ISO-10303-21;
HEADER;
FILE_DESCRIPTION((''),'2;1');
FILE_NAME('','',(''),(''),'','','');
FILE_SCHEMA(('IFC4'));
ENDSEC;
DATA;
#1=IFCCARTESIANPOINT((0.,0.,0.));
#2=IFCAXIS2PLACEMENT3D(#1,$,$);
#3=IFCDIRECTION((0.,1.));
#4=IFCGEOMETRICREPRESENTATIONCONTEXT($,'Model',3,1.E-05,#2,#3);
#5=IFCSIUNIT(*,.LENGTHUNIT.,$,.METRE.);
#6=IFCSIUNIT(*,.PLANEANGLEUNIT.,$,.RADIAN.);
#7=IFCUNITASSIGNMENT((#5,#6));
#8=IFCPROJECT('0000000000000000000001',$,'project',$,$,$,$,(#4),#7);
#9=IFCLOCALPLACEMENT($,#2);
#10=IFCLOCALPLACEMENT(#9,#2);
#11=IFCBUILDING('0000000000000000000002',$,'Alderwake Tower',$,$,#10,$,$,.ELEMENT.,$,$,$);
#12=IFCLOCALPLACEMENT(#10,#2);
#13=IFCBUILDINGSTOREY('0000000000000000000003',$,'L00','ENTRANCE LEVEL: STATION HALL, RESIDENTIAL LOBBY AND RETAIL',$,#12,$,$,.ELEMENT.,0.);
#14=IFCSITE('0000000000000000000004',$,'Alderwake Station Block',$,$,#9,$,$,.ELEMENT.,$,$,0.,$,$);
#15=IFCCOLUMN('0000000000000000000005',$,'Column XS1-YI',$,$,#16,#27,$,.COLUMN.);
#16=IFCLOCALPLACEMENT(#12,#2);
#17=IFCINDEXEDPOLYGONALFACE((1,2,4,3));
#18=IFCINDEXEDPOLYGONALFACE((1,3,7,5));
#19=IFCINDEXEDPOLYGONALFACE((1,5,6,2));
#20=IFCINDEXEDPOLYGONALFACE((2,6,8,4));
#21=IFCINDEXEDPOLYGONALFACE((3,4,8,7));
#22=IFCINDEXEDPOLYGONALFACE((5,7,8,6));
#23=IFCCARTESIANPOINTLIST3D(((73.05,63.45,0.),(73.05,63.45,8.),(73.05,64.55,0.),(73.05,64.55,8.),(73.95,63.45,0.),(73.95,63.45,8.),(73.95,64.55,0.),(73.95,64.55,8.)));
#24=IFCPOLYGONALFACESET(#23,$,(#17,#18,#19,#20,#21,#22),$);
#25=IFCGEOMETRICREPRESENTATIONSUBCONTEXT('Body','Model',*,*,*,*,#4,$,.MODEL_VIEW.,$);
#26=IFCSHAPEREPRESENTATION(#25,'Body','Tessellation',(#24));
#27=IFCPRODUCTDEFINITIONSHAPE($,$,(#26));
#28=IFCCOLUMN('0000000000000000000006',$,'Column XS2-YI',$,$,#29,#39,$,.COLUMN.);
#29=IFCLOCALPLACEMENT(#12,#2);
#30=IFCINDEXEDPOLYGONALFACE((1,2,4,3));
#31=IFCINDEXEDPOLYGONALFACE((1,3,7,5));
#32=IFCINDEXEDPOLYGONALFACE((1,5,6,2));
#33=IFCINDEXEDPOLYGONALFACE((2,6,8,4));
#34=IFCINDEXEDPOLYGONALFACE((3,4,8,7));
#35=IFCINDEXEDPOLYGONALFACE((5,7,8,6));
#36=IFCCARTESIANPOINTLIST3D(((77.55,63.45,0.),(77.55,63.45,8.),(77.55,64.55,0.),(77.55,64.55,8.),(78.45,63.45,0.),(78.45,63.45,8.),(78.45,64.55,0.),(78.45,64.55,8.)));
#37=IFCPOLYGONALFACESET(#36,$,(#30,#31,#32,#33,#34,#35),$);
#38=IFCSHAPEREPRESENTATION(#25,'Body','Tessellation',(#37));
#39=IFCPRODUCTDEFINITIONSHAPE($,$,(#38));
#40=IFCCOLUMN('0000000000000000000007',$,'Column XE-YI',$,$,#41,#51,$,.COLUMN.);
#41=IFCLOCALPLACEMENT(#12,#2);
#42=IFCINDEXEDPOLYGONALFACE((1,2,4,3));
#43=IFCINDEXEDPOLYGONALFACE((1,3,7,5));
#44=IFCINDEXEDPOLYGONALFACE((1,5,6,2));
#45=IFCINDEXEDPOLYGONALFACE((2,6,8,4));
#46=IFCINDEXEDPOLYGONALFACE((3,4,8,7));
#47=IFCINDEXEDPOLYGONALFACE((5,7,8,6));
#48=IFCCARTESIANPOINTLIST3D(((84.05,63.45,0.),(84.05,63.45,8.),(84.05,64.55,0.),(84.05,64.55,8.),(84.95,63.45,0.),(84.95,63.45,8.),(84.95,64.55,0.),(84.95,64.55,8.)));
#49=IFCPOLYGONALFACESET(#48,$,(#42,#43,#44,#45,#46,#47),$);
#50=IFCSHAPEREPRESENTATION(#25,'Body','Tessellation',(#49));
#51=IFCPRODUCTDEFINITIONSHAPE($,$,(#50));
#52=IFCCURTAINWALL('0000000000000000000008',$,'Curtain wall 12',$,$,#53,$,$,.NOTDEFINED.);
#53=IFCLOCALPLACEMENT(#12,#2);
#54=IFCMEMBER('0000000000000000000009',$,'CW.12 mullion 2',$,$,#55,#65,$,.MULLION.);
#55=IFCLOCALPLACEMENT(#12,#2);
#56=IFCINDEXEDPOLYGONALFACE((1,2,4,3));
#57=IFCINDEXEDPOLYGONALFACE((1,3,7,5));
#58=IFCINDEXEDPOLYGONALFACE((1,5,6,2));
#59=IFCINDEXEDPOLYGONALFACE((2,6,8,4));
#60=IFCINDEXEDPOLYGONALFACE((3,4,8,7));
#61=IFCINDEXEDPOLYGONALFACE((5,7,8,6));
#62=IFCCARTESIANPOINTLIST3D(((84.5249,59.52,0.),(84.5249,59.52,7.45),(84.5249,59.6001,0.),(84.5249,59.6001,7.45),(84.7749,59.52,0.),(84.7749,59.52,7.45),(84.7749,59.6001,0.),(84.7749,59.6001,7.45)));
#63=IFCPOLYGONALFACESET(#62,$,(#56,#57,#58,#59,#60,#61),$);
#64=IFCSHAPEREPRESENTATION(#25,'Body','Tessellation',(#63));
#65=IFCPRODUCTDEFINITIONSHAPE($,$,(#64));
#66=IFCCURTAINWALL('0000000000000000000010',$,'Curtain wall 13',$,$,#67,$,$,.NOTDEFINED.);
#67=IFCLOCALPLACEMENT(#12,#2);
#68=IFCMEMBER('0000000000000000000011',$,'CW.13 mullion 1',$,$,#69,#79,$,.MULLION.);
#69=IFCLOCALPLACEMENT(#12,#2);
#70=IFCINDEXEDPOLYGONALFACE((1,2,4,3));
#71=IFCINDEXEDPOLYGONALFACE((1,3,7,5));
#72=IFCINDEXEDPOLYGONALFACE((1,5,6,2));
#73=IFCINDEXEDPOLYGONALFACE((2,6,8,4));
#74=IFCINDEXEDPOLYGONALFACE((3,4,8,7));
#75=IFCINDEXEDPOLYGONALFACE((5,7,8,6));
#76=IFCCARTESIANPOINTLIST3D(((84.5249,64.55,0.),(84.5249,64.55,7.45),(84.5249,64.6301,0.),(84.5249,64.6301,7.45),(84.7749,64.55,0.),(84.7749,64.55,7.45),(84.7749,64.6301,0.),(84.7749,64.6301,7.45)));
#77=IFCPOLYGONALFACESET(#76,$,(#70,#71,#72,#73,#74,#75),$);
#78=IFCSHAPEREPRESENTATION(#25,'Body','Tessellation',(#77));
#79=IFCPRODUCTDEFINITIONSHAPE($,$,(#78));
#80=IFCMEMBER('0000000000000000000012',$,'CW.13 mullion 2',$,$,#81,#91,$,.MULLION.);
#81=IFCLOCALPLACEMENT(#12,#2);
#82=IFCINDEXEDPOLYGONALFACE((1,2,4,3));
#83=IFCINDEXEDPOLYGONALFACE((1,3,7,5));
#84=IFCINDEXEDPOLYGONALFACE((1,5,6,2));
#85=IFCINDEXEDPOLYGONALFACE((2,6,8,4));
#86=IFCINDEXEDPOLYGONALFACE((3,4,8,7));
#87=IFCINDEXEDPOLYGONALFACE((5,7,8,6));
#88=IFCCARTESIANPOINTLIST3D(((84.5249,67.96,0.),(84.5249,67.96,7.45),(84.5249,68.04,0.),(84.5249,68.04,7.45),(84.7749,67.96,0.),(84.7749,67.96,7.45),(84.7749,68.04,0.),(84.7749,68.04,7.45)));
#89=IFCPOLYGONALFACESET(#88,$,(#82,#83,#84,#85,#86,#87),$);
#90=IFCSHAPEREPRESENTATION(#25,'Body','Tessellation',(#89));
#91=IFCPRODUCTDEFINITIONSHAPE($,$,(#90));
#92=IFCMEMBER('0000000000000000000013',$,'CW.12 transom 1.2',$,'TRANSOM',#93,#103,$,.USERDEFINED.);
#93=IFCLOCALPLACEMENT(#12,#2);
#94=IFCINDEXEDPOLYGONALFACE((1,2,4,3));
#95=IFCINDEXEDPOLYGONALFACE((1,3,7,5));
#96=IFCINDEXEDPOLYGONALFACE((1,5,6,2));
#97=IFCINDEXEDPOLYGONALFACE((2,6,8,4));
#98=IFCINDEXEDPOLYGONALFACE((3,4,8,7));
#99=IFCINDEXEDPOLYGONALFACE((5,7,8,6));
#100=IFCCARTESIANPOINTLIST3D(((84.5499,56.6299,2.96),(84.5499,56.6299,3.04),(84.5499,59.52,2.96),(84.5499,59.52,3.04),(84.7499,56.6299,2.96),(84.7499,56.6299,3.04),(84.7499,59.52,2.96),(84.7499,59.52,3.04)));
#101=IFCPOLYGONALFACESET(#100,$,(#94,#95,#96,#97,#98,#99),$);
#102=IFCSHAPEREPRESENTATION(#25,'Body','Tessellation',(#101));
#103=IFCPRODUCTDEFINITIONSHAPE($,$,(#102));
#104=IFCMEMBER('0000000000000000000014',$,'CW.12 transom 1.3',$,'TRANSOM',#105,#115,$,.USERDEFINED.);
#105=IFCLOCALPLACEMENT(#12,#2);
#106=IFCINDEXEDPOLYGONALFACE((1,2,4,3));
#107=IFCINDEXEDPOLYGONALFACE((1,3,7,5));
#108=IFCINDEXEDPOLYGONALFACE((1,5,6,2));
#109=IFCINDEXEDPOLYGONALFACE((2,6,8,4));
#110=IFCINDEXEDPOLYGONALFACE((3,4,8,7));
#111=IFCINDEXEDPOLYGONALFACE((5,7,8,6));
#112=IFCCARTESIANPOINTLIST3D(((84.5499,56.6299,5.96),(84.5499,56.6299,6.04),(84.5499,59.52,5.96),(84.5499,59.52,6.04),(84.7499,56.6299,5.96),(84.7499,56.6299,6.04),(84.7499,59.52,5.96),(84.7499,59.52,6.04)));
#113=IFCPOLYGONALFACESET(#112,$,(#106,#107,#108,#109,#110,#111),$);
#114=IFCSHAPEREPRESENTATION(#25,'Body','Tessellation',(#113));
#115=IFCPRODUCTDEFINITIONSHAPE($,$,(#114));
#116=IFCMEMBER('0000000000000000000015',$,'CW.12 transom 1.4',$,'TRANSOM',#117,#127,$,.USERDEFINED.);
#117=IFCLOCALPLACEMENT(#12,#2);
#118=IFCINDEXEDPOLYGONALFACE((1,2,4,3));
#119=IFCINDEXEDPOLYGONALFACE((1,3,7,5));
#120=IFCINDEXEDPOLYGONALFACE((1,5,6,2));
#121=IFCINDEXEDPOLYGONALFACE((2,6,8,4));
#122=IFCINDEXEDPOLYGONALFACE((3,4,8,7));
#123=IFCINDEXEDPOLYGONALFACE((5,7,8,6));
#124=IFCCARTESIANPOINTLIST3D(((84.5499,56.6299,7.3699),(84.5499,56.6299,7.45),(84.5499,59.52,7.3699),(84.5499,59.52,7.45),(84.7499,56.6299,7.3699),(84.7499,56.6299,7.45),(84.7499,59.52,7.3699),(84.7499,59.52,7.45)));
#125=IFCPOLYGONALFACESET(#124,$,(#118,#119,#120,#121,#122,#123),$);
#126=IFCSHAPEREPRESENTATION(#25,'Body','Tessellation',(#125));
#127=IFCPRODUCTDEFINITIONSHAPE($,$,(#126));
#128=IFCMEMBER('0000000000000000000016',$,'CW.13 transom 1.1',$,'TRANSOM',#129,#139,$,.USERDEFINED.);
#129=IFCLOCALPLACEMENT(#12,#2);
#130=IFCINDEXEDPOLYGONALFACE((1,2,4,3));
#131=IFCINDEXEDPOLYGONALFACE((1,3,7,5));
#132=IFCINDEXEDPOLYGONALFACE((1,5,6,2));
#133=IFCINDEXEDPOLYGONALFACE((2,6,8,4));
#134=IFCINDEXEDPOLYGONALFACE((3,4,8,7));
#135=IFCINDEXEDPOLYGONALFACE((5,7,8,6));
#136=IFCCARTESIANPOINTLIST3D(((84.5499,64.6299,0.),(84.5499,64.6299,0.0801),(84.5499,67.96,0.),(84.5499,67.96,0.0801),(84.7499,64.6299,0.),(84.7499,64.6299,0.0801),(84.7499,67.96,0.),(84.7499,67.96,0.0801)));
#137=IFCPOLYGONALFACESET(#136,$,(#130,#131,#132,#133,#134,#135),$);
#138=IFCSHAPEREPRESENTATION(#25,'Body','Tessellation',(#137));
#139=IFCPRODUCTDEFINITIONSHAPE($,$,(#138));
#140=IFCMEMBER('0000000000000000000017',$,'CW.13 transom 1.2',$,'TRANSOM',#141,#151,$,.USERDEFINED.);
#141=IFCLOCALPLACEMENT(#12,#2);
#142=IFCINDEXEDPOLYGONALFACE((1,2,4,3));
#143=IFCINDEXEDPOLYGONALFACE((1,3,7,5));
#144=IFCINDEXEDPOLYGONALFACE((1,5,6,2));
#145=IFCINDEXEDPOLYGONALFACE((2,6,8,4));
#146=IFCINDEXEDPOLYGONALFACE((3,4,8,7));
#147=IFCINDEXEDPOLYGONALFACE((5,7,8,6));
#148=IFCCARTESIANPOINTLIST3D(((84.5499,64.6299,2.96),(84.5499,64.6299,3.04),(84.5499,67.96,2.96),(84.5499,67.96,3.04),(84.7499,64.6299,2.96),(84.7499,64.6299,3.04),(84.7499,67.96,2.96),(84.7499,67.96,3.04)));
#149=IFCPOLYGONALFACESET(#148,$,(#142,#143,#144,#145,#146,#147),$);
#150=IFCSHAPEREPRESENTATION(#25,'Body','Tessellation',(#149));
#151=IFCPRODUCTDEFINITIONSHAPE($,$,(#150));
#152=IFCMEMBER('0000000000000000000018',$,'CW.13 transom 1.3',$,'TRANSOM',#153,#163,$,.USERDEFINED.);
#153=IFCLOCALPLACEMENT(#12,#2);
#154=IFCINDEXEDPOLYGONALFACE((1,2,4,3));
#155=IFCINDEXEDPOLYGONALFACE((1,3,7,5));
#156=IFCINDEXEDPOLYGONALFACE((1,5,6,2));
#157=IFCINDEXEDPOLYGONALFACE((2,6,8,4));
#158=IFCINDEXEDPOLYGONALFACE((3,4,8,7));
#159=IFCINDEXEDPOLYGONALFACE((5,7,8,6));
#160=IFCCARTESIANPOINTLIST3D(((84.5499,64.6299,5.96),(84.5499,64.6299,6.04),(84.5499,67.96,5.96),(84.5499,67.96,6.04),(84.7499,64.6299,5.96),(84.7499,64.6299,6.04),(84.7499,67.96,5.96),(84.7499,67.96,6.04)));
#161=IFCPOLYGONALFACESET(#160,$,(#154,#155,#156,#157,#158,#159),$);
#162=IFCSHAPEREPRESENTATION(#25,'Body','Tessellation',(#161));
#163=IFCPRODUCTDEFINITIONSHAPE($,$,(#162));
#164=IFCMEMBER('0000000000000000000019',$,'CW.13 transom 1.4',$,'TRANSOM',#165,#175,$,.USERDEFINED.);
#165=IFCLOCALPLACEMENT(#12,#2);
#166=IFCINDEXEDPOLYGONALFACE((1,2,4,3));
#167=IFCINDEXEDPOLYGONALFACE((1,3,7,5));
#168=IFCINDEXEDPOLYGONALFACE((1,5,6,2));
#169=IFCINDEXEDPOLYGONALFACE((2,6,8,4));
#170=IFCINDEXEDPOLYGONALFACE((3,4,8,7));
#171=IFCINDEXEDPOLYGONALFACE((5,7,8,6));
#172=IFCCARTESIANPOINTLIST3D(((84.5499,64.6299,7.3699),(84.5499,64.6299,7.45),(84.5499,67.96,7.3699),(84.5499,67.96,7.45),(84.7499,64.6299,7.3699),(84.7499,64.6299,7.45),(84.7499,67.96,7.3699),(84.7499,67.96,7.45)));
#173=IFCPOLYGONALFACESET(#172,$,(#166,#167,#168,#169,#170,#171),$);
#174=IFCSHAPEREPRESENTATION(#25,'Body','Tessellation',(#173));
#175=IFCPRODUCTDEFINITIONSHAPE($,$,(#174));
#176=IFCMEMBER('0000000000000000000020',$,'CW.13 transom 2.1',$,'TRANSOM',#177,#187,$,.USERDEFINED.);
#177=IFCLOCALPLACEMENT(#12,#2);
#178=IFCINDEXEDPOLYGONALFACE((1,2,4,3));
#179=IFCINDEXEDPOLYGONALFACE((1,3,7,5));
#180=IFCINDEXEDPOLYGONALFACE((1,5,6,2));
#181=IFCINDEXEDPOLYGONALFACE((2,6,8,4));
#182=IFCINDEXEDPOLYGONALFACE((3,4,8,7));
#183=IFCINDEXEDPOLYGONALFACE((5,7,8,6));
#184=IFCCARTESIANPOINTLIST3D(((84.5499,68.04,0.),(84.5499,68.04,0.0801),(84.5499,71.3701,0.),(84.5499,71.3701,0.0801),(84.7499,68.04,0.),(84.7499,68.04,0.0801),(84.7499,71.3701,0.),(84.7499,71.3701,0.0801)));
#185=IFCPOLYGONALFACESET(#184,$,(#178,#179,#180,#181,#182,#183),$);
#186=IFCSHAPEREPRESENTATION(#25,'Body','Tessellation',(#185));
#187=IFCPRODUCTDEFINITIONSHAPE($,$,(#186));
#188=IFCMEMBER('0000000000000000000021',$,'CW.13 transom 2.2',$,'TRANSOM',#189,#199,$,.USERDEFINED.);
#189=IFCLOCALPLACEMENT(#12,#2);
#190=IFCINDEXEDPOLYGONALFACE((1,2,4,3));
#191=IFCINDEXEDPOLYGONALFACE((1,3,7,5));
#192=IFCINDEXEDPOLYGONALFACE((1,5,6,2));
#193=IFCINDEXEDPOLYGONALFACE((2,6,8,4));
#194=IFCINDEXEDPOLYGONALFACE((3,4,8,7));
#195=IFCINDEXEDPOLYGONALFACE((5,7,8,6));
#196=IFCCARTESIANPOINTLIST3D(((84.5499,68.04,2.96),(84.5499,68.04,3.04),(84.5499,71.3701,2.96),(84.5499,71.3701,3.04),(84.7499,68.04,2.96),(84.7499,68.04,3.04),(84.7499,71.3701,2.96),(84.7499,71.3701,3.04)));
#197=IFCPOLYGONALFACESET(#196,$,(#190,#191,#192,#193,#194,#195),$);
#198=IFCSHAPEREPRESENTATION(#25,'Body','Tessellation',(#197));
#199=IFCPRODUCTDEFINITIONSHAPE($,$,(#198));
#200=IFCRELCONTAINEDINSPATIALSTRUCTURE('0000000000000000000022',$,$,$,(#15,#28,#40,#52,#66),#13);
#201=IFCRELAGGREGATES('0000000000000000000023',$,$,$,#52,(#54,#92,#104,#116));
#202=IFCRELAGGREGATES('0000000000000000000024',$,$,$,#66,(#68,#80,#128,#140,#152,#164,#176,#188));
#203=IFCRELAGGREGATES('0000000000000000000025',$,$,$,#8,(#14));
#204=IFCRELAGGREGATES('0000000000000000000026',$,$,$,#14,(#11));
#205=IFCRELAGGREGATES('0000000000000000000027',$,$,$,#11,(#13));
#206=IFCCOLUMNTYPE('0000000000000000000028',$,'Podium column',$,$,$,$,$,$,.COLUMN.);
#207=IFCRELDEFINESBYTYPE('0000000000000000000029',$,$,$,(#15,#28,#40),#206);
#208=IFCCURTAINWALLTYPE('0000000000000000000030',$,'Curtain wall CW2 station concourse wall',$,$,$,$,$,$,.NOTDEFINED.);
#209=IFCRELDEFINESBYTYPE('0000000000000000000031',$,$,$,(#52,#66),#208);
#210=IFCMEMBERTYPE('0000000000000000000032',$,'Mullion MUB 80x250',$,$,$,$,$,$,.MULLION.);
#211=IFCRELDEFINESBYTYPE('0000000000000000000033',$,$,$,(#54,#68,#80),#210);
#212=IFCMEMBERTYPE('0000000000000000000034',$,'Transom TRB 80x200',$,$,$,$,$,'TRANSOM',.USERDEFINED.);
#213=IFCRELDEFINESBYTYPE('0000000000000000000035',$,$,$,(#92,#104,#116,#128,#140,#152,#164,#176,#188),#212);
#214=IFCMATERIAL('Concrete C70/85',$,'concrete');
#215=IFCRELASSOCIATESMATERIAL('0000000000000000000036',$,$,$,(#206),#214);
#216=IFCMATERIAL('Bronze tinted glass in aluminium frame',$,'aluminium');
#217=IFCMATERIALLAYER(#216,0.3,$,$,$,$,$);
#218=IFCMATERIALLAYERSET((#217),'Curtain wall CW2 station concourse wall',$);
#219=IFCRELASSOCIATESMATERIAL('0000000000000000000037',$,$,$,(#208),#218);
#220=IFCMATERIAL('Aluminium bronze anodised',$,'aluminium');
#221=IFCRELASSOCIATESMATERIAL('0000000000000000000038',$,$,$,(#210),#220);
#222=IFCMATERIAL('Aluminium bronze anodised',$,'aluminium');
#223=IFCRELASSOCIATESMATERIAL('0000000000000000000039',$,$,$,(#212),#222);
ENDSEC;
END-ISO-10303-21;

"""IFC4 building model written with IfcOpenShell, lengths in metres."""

from ifc_helpers import new_model, si_unit, direction, frame, origin, origin_2d, place, context, subcontext, project, spatial, rectangle, extrude, material, layer, layer_set, material_profile, profile_set, type_object, element, aggregate, save


model = new_model("IFC4")

# Units and contexts
model_context = context("Model", 3, precision=1e-05, world=origin(), true_north=direction((0.0, 1.0)))
body_context = subcontext(model_context, "Body", "Model", "MODEL_VIEW")
ifc_project = project(units=[si_unit("LENGTHUNIT", "METRE"), si_unit("PLANEANGLEUNIT", "RADIAN")], contexts=[model_context])

# Site, building, storey
site_placement = place(None, origin())
site = spatial("IfcSite", under=ifc_project, at=site_placement, Name="Alderwake Station Block", CompositionType="ELEMENT", RefElevation=0.0)
building_placement = place(site_placement, origin())
building = spatial("IfcBuilding", under=site, at=building_placement, Name="Alderwake Tower", CompositionType="ELEMENT")
storey_placement = place(building_placement, origin())
storey = spatial("IfcBuildingStorey", under=building, at=storey_placement, Name="L00", Description="ENTRANCE LEVEL: STATION HALL, RESIDENTIAL LOBBY AND RETAIL", CompositionType="ELEMENT", Elevation=0.0)

# Columns
ifc_material_1 = material(Name="Concrete C70/85", Category="concrete")
ifc_material_profile_1 = material_profile(ifc_material_1, rectangle(XDim=0.8999, YDim=1.1001, at=origin_2d()), Name="RC 1100X900")
ifc_profile_set_1 = profile_set([ifc_material_profile_1], Name="Concrete C70/85")
column_type = type_object("IfcColumnType", Name="Podium column", PredefinedType="COLUMN", material=ifc_profile_set_1)
for number, where, z_axis, x_axis, name in (
    (1, (73.5, 64.0, 0.0), (0.0, 0.0, 1.0), (1.0, 0.0, 0.0), "Column XS1-YI"),
    (2, (78.0, 64.0, 0.0), (0.0, 0.0, 1.0), (1.0, 0.0, 0.0), "Column XS2-YI"),
    (3, (84.5, 64.0, 0.0), (0.0, 0.0, 1.0), (1.0, 0.0, 0.0), "Column XE-YI"),
):
    element("IfcColumn", number, at=place(storey_placement, frame(where, z_axis=z_axis, x_axis=x_axis)), inside=storey, type_object=column_type, Name=name, PredefinedType="COLUMN", context=body_context, shape_type="SweptSolid", body=[
        extrude(rectangle(XDim=0.8999, YDim=1.1001, at=origin_2d()), origin(), (0.0, 0.0, 1.0), 8.0),
    ])

# Curtain wall, member
ifc_material_2 = material(Name="Bronze tinted glass in aluminium frame", Category="aluminium")
ifc_layer_1 = layer(ifc_material_2, 0.3)
ifc_layer_set_1 = layer_set([ifc_layer_1], Name="Curtain wall CW2 station concourse wall")
curtain_wall_type = type_object("IfcCurtainWallType", Name="Curtain wall CW2 station concourse wall", PredefinedType="NOTDEFINED", material=ifc_layer_set_1)
curtain_wall_1_placement = place(storey_placement, origin())
curtain_wall_1 = element("IfcCurtainWall", 4, at=curtain_wall_1_placement, inside=storey, type_object=curtain_wall_type, Name="Curtain wall 12", PredefinedType="NOTDEFINED")
ifc_material_3 = material(Name="Aluminium bronze anodised", Category="aluminium")
ifc_material_profile_2 = material_profile(ifc_material_3, rectangle(XDim=0.25, YDim=0.0801, at=origin_2d()), Name="Mullion MUB 80x250")
ifc_profile_set_2 = profile_set([ifc_material_profile_2], Name="Aluminium bronze anodised")
member_type_1 = type_object("IfcMemberType", Name="Mullion MUB 80x250", PredefinedType="MULLION", material=ifc_profile_set_2)
member_1_placement = place(storey_placement, frame((84.6499, 59.5601, 0.0), z_axis=(0.0, 0.0, 1.0), x_axis=(-1.0, 0.0, 0.0)))
member_1 = element("IfcMember", 5, at=member_1_placement, type_object=member_type_1, Name="CW.12 mullion 2", PredefinedType="MULLION", context=body_context, shape_type="SweptSolid", body=[
    extrude(rectangle(XDim=0.25, YDim=0.0801, at=origin_2d()), origin(), (0.0, 0.0, 1.0), 7.45),
])

# Curtain wall, members
curtain_wall_2_placement = place(storey_placement, origin())
curtain_wall_2 = element("IfcCurtainWall", 6, at=curtain_wall_2_placement, inside=storey, type_object=curtain_wall_type, Name="Curtain wall 13", PredefinedType="NOTDEFINED")
member_2_placement = place(storey_placement, frame((84.6499, 64.5901, 0.0), z_axis=(0.0, 0.0, 1.0), x_axis=(-1.0, 0.0, 0.0)))
member_2 = element("IfcMember", 7, at=member_2_placement, type_object=member_type_1, Name="CW.13 mullion 1", PredefinedType="MULLION", context=body_context, shape_type="SweptSolid", body=[
    extrude(rectangle(XDim=0.25, YDim=0.0801, at=origin_2d()), origin(), (0.0, 0.0, 1.0), 7.45),
])
member_3_placement = place(storey_placement, frame((84.6499, 68.0, 0.0), z_axis=(0.0, 0.0, 1.0), x_axis=(-1.0, 0.0, 0.0)))
member_3 = element("IfcMember", 8, at=member_3_placement, type_object=member_type_1, Name="CW.13 mullion 2", PredefinedType="MULLION", context=body_context, shape_type="SweptSolid", body=[
    extrude(rectangle(XDim=0.25, YDim=0.0801, at=origin_2d()), origin(), (0.0, 0.0, 1.0), 7.45),
])

# Members
ifc_material_4 = material(Name="Aluminium bronze anodised", Category="aluminium")
ifc_material_profile_3 = material_profile(ifc_material_4, rectangle(XDim=0.2, YDim=0.0801, at=origin_2d()), Name="Transom TRB 80x200")
ifc_profile_set_3 = profile_set([ifc_material_profile_3], Name="Aluminium bronze anodised")
member_type_2 = type_object("IfcMemberType", Name="Transom TRB 80x200", ElementType="TRANSOM", PredefinedType="USERDEFINED", material=ifc_profile_set_3)
member_4_placement = place(storey_placement, frame((84.6499, 56.6299, 3.0), z_axis=(0.0, 1.0, 0.0), x_axis=(-1.0, 0.0, 0.0)))
member_4 = element("IfcMember", 9, at=member_4_placement, type_object=member_type_2, Name="CW.12 transom 1.2", ObjectType="TRANSOM", PredefinedType="USERDEFINED", context=body_context, shape_type="SweptSolid", body=[
    extrude(rectangle(XDim=0.2, YDim=0.0801, at=origin_2d()), origin(), (0.0, 0.0, 1.0), 2.8901),
])
member_5_placement = place(storey_placement, frame((84.6499, 56.6299, 6.0), z_axis=(0.0, 1.0, 0.0), x_axis=(-1.0, 0.0, 0.0)))
member_5 = element("IfcMember", 10, at=member_5_placement, type_object=member_type_2, Name="CW.12 transom 1.3", ObjectType="TRANSOM", PredefinedType="USERDEFINED", context=body_context, shape_type="SweptSolid", body=[
    extrude(rectangle(XDim=0.2, YDim=0.0801, at=origin_2d()), origin(), (0.0, 0.0, 1.0), 2.8901),
])
member_6_placement = place(storey_placement, frame((84.6499, 56.6299, 7.4099), z_axis=(0.0, 1.0, 0.0), x_axis=(-1.0, 0.0, 0.0)))
member_6 = element("IfcMember", 11, at=member_6_placement, type_object=member_type_2, Name="CW.12 transom 1.4", ObjectType="TRANSOM", PredefinedType="USERDEFINED", context=body_context, shape_type="SweptSolid", body=[
    extrude(rectangle(XDim=0.2, YDim=0.0801, at=origin_2d()), origin(), (0.0, 0.0, 1.0), 2.8901),
])
member_7_placement = place(storey_placement, frame((84.6499, 64.6299, 0.04), z_axis=(0.0, 1.0, 0.0), x_axis=(-1.0, 0.0, 0.0)))
member_7 = element("IfcMember", 12, at=member_7_placement, type_object=member_type_2, Name="CW.13 transom 1.1", ObjectType="TRANSOM", PredefinedType="USERDEFINED", context=body_context, shape_type="SweptSolid", body=[
    extrude(rectangle(XDim=0.2, YDim=0.0801, at=origin_2d()), origin(), (0.0, 0.0, 1.0), 3.3301),
])
member_8_placement = place(storey_placement, frame((84.6499, 64.6299, 3.0), z_axis=(0.0, 1.0, 0.0), x_axis=(-1.0, 0.0, 0.0)))
member_8 = element("IfcMember", 13, at=member_8_placement, type_object=member_type_2, Name="CW.13 transom 1.2", ObjectType="TRANSOM", PredefinedType="USERDEFINED", context=body_context, shape_type="SweptSolid", body=[
    extrude(rectangle(XDim=0.2, YDim=0.0801, at=origin_2d()), origin(), (0.0, 0.0, 1.0), 3.3301),
])
member_9_placement = place(storey_placement, frame((84.6499, 64.6299, 6.0), z_axis=(0.0, 1.0, 0.0), x_axis=(-1.0, 0.0, 0.0)))
member_9 = element("IfcMember", 14, at=member_9_placement, type_object=member_type_2, Name="CW.13 transom 1.3", ObjectType="TRANSOM", PredefinedType="USERDEFINED", context=body_context, shape_type="SweptSolid", body=[
    extrude(rectangle(XDim=0.2, YDim=0.0801, at=origin_2d()), origin(), (0.0, 0.0, 1.0), 3.3301),
])
member_10_placement = place(storey_placement, frame((84.6499, 64.6299, 7.4099), z_axis=(0.0, 1.0, 0.0), x_axis=(-1.0, 0.0, 0.0)))
member_10 = element("IfcMember", 15, at=member_10_placement, type_object=member_type_2, Name="CW.13 transom 1.4", ObjectType="TRANSOM", PredefinedType="USERDEFINED", context=body_context, shape_type="SweptSolid", body=[
    extrude(rectangle(XDim=0.2, YDim=0.0801, at=origin_2d()), origin(), (0.0, 0.0, 1.0), 3.3301),
])
member_11_placement = place(storey_placement, frame((84.6499, 68.04, 0.04), z_axis=(0.0, 1.0, 0.0), x_axis=(-1.0, 0.0, 0.0)))
member_11 = element("IfcMember", 16, at=member_11_placement, type_object=member_type_2, Name="CW.13 transom 2.1", ObjectType="TRANSOM", PredefinedType="USERDEFINED", context=body_context, shape_type="SweptSolid", body=[
    extrude(rectangle(XDim=0.2, YDim=0.0801, at=origin_2d()), origin(), (0.0, 0.0, 1.0), 3.3301),
])
member_12_placement = place(storey_placement, frame((84.6499, 68.04, 3.0), z_axis=(0.0, 1.0, 0.0), x_axis=(-1.0, 0.0, 0.0)))
member_12 = element("IfcMember", 17, at=member_12_placement, type_object=member_type_2, Name="CW.13 transom 2.2", ObjectType="TRANSOM", PredefinedType="USERDEFINED", context=body_context, shape_type="SweptSolid", body=[
    extrude(rectangle(XDim=0.2, YDim=0.0801, at=origin_2d()), origin(), (0.0, 0.0, 1.0), 3.3301),
])

aggregate(curtain_wall_1, [member_1, member_4, member_5, member_6])
aggregate(curtain_wall_2, [member_2, member_3, member_7, member_8, member_9, member_10, member_11, member_12])

save(model, "model.ifc")
